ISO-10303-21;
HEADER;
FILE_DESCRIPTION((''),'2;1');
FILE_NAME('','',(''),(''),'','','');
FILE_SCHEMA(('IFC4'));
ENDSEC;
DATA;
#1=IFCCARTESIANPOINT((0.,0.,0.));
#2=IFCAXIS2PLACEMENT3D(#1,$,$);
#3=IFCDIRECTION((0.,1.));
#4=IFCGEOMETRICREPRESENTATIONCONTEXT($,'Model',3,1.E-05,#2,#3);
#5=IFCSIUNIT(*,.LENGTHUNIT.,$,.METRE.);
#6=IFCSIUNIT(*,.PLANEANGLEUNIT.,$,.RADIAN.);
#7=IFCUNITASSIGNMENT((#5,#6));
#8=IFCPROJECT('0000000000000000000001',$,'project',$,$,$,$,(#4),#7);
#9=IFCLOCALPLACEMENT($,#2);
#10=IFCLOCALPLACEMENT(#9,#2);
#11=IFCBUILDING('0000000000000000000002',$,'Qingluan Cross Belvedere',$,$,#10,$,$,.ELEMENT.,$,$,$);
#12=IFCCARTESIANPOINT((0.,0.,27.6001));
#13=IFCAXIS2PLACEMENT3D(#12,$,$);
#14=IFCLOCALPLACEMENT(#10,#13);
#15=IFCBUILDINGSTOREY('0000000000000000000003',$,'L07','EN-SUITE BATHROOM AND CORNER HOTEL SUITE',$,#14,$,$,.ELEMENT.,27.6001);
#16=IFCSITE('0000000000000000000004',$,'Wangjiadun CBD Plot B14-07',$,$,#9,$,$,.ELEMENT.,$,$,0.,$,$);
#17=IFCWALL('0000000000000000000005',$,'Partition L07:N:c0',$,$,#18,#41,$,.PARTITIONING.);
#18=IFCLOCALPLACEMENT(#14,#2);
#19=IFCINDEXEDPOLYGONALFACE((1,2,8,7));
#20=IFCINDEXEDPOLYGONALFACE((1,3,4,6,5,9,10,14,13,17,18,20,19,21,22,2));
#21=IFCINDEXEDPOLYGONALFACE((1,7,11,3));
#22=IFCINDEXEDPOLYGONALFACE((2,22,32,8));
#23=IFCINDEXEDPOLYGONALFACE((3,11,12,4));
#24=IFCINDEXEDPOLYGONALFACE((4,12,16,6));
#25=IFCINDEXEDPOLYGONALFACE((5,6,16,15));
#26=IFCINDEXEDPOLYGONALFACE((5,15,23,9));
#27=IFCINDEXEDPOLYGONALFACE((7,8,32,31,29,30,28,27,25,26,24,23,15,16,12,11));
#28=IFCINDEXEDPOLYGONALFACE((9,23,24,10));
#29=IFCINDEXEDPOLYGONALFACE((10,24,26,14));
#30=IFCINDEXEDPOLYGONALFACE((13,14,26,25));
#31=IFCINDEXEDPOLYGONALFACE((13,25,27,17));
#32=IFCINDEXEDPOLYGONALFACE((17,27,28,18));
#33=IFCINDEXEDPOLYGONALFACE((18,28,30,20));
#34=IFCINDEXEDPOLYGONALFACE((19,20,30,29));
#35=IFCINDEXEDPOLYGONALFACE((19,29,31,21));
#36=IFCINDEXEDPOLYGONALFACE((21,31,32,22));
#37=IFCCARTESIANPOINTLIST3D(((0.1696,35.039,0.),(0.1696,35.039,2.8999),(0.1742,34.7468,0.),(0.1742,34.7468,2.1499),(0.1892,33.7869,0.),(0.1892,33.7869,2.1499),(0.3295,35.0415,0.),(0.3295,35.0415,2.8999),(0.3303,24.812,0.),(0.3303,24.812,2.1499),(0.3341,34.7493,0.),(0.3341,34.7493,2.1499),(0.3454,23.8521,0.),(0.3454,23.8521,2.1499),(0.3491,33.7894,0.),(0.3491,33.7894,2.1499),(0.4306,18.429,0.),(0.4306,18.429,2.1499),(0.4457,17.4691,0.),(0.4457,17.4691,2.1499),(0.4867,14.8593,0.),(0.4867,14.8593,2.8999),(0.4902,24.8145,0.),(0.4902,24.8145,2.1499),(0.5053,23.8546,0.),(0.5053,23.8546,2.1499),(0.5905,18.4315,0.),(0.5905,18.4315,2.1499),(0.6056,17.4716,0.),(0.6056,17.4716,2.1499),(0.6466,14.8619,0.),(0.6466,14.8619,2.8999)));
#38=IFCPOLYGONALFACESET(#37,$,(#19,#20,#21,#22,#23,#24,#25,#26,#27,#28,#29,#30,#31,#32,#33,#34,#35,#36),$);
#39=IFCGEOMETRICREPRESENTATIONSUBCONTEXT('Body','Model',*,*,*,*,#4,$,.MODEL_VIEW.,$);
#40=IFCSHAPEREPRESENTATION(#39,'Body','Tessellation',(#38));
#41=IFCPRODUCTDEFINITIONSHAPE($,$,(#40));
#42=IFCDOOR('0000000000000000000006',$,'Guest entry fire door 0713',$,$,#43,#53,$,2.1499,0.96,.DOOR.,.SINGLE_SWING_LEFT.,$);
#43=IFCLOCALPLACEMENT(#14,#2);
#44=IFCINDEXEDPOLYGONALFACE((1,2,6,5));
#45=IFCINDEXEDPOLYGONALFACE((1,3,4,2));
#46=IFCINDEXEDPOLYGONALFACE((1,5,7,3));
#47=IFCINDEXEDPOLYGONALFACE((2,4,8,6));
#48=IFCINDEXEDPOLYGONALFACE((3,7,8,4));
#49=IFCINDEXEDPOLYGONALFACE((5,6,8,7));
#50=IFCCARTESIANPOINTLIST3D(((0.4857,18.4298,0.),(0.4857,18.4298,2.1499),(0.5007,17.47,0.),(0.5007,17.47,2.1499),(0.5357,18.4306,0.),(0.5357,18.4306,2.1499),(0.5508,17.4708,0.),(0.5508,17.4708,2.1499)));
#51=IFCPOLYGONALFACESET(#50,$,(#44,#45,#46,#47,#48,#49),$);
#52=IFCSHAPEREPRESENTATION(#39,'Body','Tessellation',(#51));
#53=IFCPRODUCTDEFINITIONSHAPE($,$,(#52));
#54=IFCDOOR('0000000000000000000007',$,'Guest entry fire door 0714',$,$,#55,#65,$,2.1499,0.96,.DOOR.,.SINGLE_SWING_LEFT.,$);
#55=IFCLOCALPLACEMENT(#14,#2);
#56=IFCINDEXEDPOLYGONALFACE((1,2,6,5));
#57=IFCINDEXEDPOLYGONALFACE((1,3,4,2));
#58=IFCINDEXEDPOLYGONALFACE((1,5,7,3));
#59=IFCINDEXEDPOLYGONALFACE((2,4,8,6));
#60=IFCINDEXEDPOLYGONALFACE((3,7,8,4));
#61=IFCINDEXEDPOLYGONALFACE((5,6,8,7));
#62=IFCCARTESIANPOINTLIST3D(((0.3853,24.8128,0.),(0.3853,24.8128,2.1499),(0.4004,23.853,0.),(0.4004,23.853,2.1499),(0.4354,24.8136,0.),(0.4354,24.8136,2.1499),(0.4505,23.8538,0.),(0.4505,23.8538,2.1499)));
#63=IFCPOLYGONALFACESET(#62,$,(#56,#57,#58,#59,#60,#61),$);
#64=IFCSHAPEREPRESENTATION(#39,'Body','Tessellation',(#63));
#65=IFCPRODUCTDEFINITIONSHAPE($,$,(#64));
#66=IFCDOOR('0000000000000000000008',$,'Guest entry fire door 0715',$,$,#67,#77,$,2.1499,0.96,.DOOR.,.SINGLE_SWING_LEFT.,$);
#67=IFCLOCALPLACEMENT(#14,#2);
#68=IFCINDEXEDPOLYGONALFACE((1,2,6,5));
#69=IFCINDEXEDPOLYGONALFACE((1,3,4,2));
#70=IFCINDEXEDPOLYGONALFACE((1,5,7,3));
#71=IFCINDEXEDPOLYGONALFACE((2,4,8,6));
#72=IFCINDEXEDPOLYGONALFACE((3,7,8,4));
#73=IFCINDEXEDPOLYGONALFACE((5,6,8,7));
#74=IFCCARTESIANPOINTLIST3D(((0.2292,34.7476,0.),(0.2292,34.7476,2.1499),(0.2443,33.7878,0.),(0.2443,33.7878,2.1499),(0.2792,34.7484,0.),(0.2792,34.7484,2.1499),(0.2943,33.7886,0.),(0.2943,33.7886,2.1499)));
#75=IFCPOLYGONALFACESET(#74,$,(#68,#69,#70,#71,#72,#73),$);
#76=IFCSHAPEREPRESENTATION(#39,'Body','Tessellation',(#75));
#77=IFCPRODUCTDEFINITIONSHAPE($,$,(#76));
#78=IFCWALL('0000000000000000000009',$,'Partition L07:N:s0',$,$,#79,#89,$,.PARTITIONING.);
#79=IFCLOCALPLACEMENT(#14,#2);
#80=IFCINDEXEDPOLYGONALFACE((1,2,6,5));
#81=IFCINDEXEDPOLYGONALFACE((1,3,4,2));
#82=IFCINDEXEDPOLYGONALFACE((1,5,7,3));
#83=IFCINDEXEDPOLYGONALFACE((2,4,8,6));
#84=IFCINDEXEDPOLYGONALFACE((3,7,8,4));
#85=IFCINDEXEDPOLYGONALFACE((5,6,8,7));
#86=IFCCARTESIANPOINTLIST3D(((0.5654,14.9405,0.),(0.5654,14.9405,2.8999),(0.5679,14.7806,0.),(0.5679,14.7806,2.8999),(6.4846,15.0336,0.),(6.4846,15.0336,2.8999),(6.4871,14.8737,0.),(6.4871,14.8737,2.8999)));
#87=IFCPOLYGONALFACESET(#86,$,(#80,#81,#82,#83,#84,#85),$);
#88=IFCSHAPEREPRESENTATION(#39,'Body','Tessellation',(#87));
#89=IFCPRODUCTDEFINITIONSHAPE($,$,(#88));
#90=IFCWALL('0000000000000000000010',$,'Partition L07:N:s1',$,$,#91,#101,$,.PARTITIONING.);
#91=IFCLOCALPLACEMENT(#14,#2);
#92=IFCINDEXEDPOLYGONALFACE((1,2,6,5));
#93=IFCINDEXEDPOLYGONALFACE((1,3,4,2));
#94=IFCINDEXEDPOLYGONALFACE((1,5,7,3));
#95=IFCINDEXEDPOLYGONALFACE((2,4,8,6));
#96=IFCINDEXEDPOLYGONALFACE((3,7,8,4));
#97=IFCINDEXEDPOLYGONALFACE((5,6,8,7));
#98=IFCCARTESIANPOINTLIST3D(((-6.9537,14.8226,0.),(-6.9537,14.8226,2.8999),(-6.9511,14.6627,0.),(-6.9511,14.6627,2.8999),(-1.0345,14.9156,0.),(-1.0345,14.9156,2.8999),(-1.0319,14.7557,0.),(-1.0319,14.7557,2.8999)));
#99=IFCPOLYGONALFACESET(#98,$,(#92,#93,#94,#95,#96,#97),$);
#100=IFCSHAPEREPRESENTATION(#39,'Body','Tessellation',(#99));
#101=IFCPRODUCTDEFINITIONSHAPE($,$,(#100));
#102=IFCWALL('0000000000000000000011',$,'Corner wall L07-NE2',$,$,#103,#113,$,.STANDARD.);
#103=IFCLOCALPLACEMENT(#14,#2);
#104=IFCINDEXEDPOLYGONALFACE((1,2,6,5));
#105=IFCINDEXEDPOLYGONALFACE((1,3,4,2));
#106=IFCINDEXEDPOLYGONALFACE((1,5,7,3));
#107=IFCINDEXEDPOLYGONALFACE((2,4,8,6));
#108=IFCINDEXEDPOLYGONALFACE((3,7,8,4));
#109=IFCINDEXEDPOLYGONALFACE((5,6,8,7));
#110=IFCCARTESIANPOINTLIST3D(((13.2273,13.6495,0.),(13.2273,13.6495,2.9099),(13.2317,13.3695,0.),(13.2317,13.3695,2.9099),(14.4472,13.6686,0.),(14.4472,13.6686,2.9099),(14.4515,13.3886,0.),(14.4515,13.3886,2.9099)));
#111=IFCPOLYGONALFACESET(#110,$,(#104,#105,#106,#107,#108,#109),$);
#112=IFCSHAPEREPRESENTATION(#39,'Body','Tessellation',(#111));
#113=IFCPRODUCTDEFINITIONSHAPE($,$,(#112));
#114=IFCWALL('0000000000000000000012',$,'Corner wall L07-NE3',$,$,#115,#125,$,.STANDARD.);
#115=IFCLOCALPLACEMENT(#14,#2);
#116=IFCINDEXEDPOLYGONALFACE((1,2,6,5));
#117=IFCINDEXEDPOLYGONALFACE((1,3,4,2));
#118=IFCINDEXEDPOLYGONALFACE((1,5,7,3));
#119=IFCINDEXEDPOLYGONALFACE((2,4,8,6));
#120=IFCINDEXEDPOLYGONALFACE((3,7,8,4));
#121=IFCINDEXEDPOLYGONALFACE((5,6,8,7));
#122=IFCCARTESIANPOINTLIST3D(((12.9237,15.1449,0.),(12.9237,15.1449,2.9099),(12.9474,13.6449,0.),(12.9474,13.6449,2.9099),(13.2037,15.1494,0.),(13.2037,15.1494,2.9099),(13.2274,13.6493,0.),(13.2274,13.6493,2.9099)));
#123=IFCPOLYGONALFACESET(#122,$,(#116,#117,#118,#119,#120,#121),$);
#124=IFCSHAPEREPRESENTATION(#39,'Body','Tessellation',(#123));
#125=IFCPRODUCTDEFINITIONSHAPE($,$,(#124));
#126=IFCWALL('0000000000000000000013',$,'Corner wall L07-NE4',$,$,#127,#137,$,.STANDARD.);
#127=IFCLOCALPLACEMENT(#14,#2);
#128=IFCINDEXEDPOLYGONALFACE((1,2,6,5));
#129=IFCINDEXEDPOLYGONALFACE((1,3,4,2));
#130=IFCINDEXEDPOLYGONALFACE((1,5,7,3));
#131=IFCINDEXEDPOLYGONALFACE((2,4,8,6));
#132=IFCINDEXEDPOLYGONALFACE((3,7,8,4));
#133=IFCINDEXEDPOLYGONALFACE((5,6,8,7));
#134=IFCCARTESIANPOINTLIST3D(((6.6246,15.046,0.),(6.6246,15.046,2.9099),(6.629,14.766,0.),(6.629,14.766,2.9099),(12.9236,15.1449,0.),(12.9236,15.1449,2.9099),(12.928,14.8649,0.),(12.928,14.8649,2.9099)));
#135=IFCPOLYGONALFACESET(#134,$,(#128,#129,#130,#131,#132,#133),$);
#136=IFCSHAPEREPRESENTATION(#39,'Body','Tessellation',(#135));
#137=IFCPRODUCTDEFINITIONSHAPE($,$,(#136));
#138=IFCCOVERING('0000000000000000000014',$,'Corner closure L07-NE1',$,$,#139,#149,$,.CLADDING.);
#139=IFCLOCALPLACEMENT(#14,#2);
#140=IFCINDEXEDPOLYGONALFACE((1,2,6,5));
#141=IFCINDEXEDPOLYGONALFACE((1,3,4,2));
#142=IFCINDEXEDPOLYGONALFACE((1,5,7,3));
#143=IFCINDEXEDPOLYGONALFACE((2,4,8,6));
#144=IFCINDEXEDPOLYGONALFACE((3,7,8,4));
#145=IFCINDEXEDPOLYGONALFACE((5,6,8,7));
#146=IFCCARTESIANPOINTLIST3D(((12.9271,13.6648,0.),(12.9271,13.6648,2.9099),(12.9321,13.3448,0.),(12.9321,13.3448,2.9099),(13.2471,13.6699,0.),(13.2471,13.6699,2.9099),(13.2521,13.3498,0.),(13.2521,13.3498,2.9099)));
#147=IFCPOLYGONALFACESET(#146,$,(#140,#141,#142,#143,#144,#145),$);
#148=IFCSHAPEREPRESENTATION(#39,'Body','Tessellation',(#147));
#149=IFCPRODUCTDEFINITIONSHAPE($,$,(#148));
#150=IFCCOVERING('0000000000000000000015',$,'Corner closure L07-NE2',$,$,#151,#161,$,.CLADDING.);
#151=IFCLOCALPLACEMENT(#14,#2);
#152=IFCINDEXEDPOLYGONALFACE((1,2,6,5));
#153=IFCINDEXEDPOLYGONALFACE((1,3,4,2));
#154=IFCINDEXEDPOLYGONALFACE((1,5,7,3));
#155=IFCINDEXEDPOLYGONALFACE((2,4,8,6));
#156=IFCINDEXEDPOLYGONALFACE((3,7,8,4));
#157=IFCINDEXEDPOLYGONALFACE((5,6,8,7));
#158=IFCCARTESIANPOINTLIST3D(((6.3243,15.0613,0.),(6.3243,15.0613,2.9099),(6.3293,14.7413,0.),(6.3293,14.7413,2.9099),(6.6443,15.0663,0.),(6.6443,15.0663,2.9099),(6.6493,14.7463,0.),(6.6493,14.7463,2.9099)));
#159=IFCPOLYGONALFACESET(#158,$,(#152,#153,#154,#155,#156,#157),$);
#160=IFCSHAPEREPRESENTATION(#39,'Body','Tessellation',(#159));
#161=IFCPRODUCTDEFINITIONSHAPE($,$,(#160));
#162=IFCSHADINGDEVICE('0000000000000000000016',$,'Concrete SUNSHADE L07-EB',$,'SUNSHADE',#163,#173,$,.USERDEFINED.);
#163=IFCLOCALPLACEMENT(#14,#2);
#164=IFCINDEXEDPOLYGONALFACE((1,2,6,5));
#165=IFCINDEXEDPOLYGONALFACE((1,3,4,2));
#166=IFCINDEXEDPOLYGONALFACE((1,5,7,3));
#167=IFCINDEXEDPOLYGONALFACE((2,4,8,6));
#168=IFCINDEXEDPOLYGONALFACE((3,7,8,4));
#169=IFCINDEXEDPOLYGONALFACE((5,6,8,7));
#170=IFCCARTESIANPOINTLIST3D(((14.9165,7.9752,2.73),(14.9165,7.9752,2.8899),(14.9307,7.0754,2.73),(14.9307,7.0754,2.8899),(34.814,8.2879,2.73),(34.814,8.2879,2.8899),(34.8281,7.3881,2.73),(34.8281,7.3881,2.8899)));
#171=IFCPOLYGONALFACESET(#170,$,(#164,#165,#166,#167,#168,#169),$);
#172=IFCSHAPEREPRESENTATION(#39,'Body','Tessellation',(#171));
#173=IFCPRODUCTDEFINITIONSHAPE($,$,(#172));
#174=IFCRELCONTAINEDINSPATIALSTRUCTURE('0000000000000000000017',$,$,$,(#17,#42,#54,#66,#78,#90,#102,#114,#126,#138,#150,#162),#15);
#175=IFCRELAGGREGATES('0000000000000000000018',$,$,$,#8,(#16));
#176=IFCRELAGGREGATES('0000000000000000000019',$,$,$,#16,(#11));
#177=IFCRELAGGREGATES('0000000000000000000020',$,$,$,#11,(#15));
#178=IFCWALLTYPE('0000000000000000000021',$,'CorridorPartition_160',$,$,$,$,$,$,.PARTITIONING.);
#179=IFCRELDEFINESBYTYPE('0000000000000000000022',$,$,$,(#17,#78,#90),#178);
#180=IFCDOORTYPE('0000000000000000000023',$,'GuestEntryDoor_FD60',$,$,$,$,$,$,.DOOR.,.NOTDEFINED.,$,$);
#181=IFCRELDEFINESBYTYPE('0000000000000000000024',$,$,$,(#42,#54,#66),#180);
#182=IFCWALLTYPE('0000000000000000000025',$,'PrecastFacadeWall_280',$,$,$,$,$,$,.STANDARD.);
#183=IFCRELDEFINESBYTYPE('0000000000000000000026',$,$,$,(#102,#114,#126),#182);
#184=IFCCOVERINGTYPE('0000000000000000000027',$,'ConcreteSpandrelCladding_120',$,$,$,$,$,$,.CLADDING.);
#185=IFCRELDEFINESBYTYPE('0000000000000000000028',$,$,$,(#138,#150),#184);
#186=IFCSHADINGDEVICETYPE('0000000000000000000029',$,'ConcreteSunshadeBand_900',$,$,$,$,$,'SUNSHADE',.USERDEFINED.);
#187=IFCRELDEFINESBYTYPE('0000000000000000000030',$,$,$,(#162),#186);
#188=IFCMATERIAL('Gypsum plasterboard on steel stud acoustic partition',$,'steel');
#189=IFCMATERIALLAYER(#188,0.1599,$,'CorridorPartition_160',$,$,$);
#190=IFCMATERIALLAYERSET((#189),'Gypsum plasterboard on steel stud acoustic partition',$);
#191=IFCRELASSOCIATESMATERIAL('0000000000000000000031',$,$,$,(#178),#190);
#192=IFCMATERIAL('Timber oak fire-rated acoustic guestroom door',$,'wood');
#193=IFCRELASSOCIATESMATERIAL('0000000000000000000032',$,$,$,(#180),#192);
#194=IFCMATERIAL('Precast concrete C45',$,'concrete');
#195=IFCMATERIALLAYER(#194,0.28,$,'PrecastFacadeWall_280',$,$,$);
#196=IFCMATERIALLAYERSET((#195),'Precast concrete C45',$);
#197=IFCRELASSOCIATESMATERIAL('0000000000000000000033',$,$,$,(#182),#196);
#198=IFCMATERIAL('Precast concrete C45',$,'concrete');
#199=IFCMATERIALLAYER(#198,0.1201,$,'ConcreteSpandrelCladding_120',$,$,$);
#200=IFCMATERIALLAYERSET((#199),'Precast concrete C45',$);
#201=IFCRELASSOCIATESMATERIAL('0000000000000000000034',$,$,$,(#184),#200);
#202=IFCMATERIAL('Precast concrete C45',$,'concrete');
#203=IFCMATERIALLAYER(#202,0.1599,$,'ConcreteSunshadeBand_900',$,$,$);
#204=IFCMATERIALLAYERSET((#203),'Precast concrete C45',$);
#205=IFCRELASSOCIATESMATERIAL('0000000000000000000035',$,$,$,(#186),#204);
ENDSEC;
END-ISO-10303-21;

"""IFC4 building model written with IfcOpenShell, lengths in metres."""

from ifc_helpers import new_model, si_unit, direction, frame, frame_2d, origin, origin_2d, place, context, subcontext, project, spatial, rectangle, extrude, material, layer, layer_set, type_object, element, fill, save


model = new_model("IFC4")

# Units and contexts
model_context = context("Model", 3, precision=1e-05, world=origin(), true_north=direction((0.0, 1.0)))
body_context = subcontext(model_context, "Body", "Model", "MODEL_VIEW")
ifc_project = project(units=[si_unit("LENGTHUNIT", "METRE"), si_unit("PLANEANGLEUNIT", "RADIAN")], contexts=[model_context])

# Site, building, storey
site_placement = place(None, origin())
site = spatial("IfcSite", under=ifc_project, at=site_placement, Name="Wangjiadun CBD Plot B14-07", CompositionType="ELEMENT", RefElevation=0.0)
building_placement = place(site_placement, origin())
building = spatial("IfcBuilding", under=site, at=building_placement, Name="Qingluan Cross Belvedere", CompositionType="ELEMENT")
storey_placement = place(building_placement, frame((0.0, 0.0, 27.6001)))
storey = spatial("IfcBuildingStorey", under=building, at=storey_placement, Name="L07", Description="EN-SUITE BATHROOM AND CORNER HOTEL SUITE", CompositionType="ELEMENT", Elevation=27.6001)

# Shared definitions
ifc_material_1 = material(Name="Gypsum plasterboard on steel stud acoustic partition", Category="steel")
ifc_layer_1 = layer(ifc_material_1, 0.1599, Name="CorridorPartition_160")
ifc_layer_set_1 = layer_set([ifc_layer_1], Name="Gypsum plasterboard on steel stud acoustic partition")
wall_type_1 = type_object("IfcWallType", Name="CorridorPartition_160", PredefinedType="PARTITIONING", material=ifc_layer_set_1)
ifc_material_2 = material(Name="Timber oak fire-rated acoustic guestroom door", Category="wood")
door_type = type_object("IfcDoorType", Name="GuestEntryDoor_FD60", OperationType="NOTDEFINED", PredefinedType="DOOR", material=ifc_material_2)

# Wall, openings, doors
wall_1_placement = place(storey_placement, frame((0.5667, 14.8606, 0.0), z_axis=(0.0, 0.0, 1.0), x_axis=(-0.015714, 0.999877, 0.0)))
wall_1 = element("IfcWall", 1, at=wall_1_placement, inside=storey, type_object=wall_type_1, Name="Partition L07:N:c0", PredefinedType="PARTITIONING", context=body_context, shape_type="SweptSolid", body=[
    extrude(rectangle(XDim=20.1821, YDim=0.1599, at=frame_2d((10.0911, 0.0))), origin(), (0.0, 0.0, 1.0), 2.8999),
])
opening_1_placement = place(wall_1_placement, frame((2.6101, 0.0, 0.0)))
opening_1 = element("IfcOpeningElement", 2, at=opening_1_placement, cuts=wall_1, PredefinedType="OPENING", context=body_context, shape_type="SweptSolid", body=[
    extrude(rectangle(XDim=0.96, YDim=2.1499, at=frame_2d((0.48, 1.075))), frame((0.0, 0.0898, 0.0), z_axis=(0.0, -1.0, 0.0), x_axis=(1.0, 0.0, 0.0)), (0.0, 0.0, 1.0), 0.1799),
])
opening_2_placement = place(wall_1_placement, frame((8.9939, 0.0, 0.0)))
opening_2 = element("IfcOpeningElement", 3, at=opening_2_placement, cuts=wall_1, PredefinedType="OPENING", context=body_context, shape_type="SweptSolid", body=[
    extrude(rectangle(XDim=0.96, YDim=2.1499, at=frame_2d((0.48, 1.075))), frame((0.0, 0.0898, 0.0), z_axis=(0.0, -1.0, 0.0), x_axis=(1.0, 0.0, 0.0)), (0.0, 0.0, 1.0), 0.1799),
])
opening_3_placement = place(wall_1_placement, frame((18.9299, 0.0, 0.0)))
opening_3 = element("IfcOpeningElement", 4, at=opening_3_placement, cuts=wall_1, PredefinedType="OPENING", context=body_context, shape_type="SweptSolid", body=[
    extrude(rectangle(XDim=0.96, YDim=2.1499, at=frame_2d((0.48, 1.075))), frame((0.0, 0.0898, 0.0), z_axis=(0.0, -1.0, 0.0), x_axis=(1.0, 0.0, 0.0)), (0.0, 0.0, 1.0), 0.1799),
])
door_1_placement = place(opening_1_placement, origin())
door_1 = element("IfcDoor", 5, at=door_1_placement, inside=storey, type_object=door_type, Name="Guest entry fire door 0713", OperationType="SINGLE_SWING_LEFT", OverallHeight=2.1499, OverallWidth=0.96, PredefinedType="DOOR", context=body_context, shape_type="SweptSolid", body=[
    extrude(rectangle(XDim=0.96, YDim=2.1499, at=frame_2d((0.48, 1.075))), frame((0.0, 0.0249, 0.0), z_axis=(0.0, -1.0, 0.0), x_axis=(1.0, 0.0, 0.0)), (0.0, 0.0, 1.0), 0.05),
])
fill(opening_1, door_1)
door_2_placement = place(opening_2_placement, origin())
door_2 = element("IfcDoor", 6, at=door_2_placement, inside=storey, type_object=door_type, Name="Guest entry fire door 0714", OperationType="SINGLE_SWING_LEFT", OverallHeight=2.1499, OverallWidth=0.96, PredefinedType="DOOR", context=body_context, shape_type="SweptSolid", body=[
    extrude(rectangle(XDim=0.96, YDim=2.1499, at=frame_2d((0.48, 1.075))), frame((0.0, 0.0249, 0.0), z_axis=(0.0, -1.0, 0.0), x_axis=(1.0, 0.0, 0.0)), (0.0, 0.0, 1.0), 0.05),
])
fill(opening_2, door_2)
door_3_placement = place(opening_3_placement, origin())
door_3 = element("IfcDoor", 7, at=door_3_placement, inside=storey, type_object=door_type, Name="Guest entry fire door 0715", OperationType="SINGLE_SWING_LEFT", OverallHeight=2.1499, OverallWidth=0.96, PredefinedType="DOOR", context=body_context, shape_type="SweptSolid", body=[
    extrude(rectangle(XDim=0.96, YDim=2.1499, at=frame_2d((0.48, 1.075))), frame((0.0, 0.0249, 0.0), z_axis=(0.0, -1.0, 0.0), x_axis=(1.0, 0.0, 0.0)), (0.0, 0.0, 1.0), 0.05),
])
fill(opening_3, door_3)

# Walls
for number, where, z_axis, x_axis, name in (
    (8, (0.5667, 14.8606, 0.0), (0.0, 0.0, 1.0), (0.999877, 0.015713, 0.0), "Partition L07:N:s0"),
    (9, (-1.0332, 14.8357, 0.0), (0.0, 0.0, 1.0), (-0.999877, -0.015713, 0.0), "Partition L07:N:s1"),
):
    element("IfcWall", number, at=place(storey_placement, frame(where, z_axis=z_axis, x_axis=x_axis)), inside=storey, type_object=wall_type_1, Name=name, PredefinedType="PARTITIONING", context=body_context, shape_type="SweptSolid", body=[
        extrude(rectangle(XDim=5.9199, YDim=0.1599, at=frame_2d((2.96, 0.0))), origin(), (0.0, 0.0, 1.0), 2.8999),
    ])
ifc_material_3 = material(Name="Precast concrete C45", Category="concrete")
ifc_layer_2 = layer(ifc_material_3, 0.28, Name="PrecastFacadeWall_280")
ifc_layer_set_2 = layer_set([ifc_layer_2], Name="Precast concrete C45")
wall_type_2 = type_object("IfcWallType", Name="PrecastFacadeWall_280", PredefinedType="STANDARD", material=ifc_layer_set_2)
wall_2_placement = place(storey_placement, frame((14.4492, 13.5286, 0.0), z_axis=(0.0, 0.0, 1.0), x_axis=(-0.999878, -0.015611, 0.0)))
element("IfcWall", 10, at=wall_2_placement, inside=storey, type_object=wall_type_2, Name="Corner wall L07-NE2", PredefinedType="STANDARD", context=body_context, shape_type="SweptSolid", body=[
    extrude(rectangle(XDim=1.22, YDim=0.28, at=frame_2d((0.6099, 0.0))), origin(), (0.0, 0.0, 1.0), 2.9099),
])
wall_3_placement = place(storey_placement, frame((13.0874, 13.6472, 0.0), z_axis=(0.0, 0.0, 1.0), x_axis=(-0.015786, 0.999875, 0.0)))
element("IfcWall", 11, at=wall_3_placement, inside=storey, type_object=wall_type_2, Name="Corner wall L07-NE3", PredefinedType="STANDARD", context=body_context, shape_type="SweptSolid", body=[
    extrude(rectangle(XDim=1.5002, YDim=0.28, at=frame_2d((0.75, 0.0))), origin(), (0.0, 0.0, 1.0), 2.9099),
])
wall_4_placement = place(storey_placement, frame((12.9258, 15.0049, 0.0), z_axis=(0.0, 0.0, 1.0), x_axis=(-0.999877, -0.015695, 0.0)))
element("IfcWall", 12, at=wall_4_placement, inside=storey, type_object=wall_type_2, Name="Corner wall L07-NE4", PredefinedType="STANDARD", context=body_context, shape_type="SweptSolid", body=[
    extrude(rectangle(XDim=6.2998, YDim=0.28, at=frame_2d((3.1499, 0.0))), origin(), (0.0, 0.0, 1.0), 2.9099),
])

# Coverings
ifc_material_4 = material(Name="Precast concrete C45", Category="concrete")
ifc_layer_3 = layer(ifc_material_4, 0.1201, Name="ConcreteSpandrelCladding_120")
ifc_layer_set_3 = layer_set([ifc_layer_3], Name="Precast concrete C45")
covering_type_1 = type_object("IfcCoveringType", Name="ConcreteSpandrelCladding_120", PredefinedType="CLADDING", material=ifc_layer_set_3)
for number, where, z_axis, x_axis, name in (
    (13, (13.0896, 13.5073, 0.0), (0.0, 0.0, 1.0), (0.999877, 0.015707, 0.0), "Corner closure L07-NE1"),
    (14, (6.4868, 14.9038, 0.0), (0.0, 0.0, 1.0), (0.999877, 0.015707, 0.0), "Corner closure L07-NE2"),
):
    element("IfcCovering", number, at=place(storey_placement, frame(where, z_axis=z_axis, x_axis=x_axis)), inside=storey, type_object=covering_type_1, Name=name, PredefinedType="CLADDING", context=body_context, shape_type="SweptSolid", body=[
        extrude(rectangle(XDim=0.3201, YDim=0.3201, at=origin_2d()), origin(), (0.0, 0.0, 1.0), 2.9099),
    ])

# Shading device
ifc_material_5 = material(Name="Precast concrete C45", Category="concrete")
ifc_layer_4 = layer(ifc_material_5, 0.1599, Name="ConcreteSunshadeBand_900")
ifc_layer_set_4 = layer_set([ifc_layer_4], Name="Precast concrete C45")
shading_device_type = type_object("IfcShadingDeviceType", Name="ConcreteSunshadeBand_900", ElementType="SUNSHADE", PredefinedType="USERDEFINED", material=ifc_layer_set_4)
shading_device_placement = place(storey_placement, frame((24.8723, 7.6816, 2.73), z_axis=(0.0, 0.0, 1.0), x_axis=(-0.999877, -0.015711, 0.0)))
element("IfcShadingDevice", 15, at=shading_device_placement, inside=storey, type_object=shading_device_type, Name="Concrete SUNSHADE L07-EB", ObjectType="SUNSHADE", PredefinedType="USERDEFINED", context=body_context, shape_type="SweptSolid", body=[
    extrude(rectangle(XDim=19.8999, YDim=0.8999, at=origin_2d()), origin(), (0.0, 0.0, 1.0), 0.1599),
])

save(model, "model.ifc")
